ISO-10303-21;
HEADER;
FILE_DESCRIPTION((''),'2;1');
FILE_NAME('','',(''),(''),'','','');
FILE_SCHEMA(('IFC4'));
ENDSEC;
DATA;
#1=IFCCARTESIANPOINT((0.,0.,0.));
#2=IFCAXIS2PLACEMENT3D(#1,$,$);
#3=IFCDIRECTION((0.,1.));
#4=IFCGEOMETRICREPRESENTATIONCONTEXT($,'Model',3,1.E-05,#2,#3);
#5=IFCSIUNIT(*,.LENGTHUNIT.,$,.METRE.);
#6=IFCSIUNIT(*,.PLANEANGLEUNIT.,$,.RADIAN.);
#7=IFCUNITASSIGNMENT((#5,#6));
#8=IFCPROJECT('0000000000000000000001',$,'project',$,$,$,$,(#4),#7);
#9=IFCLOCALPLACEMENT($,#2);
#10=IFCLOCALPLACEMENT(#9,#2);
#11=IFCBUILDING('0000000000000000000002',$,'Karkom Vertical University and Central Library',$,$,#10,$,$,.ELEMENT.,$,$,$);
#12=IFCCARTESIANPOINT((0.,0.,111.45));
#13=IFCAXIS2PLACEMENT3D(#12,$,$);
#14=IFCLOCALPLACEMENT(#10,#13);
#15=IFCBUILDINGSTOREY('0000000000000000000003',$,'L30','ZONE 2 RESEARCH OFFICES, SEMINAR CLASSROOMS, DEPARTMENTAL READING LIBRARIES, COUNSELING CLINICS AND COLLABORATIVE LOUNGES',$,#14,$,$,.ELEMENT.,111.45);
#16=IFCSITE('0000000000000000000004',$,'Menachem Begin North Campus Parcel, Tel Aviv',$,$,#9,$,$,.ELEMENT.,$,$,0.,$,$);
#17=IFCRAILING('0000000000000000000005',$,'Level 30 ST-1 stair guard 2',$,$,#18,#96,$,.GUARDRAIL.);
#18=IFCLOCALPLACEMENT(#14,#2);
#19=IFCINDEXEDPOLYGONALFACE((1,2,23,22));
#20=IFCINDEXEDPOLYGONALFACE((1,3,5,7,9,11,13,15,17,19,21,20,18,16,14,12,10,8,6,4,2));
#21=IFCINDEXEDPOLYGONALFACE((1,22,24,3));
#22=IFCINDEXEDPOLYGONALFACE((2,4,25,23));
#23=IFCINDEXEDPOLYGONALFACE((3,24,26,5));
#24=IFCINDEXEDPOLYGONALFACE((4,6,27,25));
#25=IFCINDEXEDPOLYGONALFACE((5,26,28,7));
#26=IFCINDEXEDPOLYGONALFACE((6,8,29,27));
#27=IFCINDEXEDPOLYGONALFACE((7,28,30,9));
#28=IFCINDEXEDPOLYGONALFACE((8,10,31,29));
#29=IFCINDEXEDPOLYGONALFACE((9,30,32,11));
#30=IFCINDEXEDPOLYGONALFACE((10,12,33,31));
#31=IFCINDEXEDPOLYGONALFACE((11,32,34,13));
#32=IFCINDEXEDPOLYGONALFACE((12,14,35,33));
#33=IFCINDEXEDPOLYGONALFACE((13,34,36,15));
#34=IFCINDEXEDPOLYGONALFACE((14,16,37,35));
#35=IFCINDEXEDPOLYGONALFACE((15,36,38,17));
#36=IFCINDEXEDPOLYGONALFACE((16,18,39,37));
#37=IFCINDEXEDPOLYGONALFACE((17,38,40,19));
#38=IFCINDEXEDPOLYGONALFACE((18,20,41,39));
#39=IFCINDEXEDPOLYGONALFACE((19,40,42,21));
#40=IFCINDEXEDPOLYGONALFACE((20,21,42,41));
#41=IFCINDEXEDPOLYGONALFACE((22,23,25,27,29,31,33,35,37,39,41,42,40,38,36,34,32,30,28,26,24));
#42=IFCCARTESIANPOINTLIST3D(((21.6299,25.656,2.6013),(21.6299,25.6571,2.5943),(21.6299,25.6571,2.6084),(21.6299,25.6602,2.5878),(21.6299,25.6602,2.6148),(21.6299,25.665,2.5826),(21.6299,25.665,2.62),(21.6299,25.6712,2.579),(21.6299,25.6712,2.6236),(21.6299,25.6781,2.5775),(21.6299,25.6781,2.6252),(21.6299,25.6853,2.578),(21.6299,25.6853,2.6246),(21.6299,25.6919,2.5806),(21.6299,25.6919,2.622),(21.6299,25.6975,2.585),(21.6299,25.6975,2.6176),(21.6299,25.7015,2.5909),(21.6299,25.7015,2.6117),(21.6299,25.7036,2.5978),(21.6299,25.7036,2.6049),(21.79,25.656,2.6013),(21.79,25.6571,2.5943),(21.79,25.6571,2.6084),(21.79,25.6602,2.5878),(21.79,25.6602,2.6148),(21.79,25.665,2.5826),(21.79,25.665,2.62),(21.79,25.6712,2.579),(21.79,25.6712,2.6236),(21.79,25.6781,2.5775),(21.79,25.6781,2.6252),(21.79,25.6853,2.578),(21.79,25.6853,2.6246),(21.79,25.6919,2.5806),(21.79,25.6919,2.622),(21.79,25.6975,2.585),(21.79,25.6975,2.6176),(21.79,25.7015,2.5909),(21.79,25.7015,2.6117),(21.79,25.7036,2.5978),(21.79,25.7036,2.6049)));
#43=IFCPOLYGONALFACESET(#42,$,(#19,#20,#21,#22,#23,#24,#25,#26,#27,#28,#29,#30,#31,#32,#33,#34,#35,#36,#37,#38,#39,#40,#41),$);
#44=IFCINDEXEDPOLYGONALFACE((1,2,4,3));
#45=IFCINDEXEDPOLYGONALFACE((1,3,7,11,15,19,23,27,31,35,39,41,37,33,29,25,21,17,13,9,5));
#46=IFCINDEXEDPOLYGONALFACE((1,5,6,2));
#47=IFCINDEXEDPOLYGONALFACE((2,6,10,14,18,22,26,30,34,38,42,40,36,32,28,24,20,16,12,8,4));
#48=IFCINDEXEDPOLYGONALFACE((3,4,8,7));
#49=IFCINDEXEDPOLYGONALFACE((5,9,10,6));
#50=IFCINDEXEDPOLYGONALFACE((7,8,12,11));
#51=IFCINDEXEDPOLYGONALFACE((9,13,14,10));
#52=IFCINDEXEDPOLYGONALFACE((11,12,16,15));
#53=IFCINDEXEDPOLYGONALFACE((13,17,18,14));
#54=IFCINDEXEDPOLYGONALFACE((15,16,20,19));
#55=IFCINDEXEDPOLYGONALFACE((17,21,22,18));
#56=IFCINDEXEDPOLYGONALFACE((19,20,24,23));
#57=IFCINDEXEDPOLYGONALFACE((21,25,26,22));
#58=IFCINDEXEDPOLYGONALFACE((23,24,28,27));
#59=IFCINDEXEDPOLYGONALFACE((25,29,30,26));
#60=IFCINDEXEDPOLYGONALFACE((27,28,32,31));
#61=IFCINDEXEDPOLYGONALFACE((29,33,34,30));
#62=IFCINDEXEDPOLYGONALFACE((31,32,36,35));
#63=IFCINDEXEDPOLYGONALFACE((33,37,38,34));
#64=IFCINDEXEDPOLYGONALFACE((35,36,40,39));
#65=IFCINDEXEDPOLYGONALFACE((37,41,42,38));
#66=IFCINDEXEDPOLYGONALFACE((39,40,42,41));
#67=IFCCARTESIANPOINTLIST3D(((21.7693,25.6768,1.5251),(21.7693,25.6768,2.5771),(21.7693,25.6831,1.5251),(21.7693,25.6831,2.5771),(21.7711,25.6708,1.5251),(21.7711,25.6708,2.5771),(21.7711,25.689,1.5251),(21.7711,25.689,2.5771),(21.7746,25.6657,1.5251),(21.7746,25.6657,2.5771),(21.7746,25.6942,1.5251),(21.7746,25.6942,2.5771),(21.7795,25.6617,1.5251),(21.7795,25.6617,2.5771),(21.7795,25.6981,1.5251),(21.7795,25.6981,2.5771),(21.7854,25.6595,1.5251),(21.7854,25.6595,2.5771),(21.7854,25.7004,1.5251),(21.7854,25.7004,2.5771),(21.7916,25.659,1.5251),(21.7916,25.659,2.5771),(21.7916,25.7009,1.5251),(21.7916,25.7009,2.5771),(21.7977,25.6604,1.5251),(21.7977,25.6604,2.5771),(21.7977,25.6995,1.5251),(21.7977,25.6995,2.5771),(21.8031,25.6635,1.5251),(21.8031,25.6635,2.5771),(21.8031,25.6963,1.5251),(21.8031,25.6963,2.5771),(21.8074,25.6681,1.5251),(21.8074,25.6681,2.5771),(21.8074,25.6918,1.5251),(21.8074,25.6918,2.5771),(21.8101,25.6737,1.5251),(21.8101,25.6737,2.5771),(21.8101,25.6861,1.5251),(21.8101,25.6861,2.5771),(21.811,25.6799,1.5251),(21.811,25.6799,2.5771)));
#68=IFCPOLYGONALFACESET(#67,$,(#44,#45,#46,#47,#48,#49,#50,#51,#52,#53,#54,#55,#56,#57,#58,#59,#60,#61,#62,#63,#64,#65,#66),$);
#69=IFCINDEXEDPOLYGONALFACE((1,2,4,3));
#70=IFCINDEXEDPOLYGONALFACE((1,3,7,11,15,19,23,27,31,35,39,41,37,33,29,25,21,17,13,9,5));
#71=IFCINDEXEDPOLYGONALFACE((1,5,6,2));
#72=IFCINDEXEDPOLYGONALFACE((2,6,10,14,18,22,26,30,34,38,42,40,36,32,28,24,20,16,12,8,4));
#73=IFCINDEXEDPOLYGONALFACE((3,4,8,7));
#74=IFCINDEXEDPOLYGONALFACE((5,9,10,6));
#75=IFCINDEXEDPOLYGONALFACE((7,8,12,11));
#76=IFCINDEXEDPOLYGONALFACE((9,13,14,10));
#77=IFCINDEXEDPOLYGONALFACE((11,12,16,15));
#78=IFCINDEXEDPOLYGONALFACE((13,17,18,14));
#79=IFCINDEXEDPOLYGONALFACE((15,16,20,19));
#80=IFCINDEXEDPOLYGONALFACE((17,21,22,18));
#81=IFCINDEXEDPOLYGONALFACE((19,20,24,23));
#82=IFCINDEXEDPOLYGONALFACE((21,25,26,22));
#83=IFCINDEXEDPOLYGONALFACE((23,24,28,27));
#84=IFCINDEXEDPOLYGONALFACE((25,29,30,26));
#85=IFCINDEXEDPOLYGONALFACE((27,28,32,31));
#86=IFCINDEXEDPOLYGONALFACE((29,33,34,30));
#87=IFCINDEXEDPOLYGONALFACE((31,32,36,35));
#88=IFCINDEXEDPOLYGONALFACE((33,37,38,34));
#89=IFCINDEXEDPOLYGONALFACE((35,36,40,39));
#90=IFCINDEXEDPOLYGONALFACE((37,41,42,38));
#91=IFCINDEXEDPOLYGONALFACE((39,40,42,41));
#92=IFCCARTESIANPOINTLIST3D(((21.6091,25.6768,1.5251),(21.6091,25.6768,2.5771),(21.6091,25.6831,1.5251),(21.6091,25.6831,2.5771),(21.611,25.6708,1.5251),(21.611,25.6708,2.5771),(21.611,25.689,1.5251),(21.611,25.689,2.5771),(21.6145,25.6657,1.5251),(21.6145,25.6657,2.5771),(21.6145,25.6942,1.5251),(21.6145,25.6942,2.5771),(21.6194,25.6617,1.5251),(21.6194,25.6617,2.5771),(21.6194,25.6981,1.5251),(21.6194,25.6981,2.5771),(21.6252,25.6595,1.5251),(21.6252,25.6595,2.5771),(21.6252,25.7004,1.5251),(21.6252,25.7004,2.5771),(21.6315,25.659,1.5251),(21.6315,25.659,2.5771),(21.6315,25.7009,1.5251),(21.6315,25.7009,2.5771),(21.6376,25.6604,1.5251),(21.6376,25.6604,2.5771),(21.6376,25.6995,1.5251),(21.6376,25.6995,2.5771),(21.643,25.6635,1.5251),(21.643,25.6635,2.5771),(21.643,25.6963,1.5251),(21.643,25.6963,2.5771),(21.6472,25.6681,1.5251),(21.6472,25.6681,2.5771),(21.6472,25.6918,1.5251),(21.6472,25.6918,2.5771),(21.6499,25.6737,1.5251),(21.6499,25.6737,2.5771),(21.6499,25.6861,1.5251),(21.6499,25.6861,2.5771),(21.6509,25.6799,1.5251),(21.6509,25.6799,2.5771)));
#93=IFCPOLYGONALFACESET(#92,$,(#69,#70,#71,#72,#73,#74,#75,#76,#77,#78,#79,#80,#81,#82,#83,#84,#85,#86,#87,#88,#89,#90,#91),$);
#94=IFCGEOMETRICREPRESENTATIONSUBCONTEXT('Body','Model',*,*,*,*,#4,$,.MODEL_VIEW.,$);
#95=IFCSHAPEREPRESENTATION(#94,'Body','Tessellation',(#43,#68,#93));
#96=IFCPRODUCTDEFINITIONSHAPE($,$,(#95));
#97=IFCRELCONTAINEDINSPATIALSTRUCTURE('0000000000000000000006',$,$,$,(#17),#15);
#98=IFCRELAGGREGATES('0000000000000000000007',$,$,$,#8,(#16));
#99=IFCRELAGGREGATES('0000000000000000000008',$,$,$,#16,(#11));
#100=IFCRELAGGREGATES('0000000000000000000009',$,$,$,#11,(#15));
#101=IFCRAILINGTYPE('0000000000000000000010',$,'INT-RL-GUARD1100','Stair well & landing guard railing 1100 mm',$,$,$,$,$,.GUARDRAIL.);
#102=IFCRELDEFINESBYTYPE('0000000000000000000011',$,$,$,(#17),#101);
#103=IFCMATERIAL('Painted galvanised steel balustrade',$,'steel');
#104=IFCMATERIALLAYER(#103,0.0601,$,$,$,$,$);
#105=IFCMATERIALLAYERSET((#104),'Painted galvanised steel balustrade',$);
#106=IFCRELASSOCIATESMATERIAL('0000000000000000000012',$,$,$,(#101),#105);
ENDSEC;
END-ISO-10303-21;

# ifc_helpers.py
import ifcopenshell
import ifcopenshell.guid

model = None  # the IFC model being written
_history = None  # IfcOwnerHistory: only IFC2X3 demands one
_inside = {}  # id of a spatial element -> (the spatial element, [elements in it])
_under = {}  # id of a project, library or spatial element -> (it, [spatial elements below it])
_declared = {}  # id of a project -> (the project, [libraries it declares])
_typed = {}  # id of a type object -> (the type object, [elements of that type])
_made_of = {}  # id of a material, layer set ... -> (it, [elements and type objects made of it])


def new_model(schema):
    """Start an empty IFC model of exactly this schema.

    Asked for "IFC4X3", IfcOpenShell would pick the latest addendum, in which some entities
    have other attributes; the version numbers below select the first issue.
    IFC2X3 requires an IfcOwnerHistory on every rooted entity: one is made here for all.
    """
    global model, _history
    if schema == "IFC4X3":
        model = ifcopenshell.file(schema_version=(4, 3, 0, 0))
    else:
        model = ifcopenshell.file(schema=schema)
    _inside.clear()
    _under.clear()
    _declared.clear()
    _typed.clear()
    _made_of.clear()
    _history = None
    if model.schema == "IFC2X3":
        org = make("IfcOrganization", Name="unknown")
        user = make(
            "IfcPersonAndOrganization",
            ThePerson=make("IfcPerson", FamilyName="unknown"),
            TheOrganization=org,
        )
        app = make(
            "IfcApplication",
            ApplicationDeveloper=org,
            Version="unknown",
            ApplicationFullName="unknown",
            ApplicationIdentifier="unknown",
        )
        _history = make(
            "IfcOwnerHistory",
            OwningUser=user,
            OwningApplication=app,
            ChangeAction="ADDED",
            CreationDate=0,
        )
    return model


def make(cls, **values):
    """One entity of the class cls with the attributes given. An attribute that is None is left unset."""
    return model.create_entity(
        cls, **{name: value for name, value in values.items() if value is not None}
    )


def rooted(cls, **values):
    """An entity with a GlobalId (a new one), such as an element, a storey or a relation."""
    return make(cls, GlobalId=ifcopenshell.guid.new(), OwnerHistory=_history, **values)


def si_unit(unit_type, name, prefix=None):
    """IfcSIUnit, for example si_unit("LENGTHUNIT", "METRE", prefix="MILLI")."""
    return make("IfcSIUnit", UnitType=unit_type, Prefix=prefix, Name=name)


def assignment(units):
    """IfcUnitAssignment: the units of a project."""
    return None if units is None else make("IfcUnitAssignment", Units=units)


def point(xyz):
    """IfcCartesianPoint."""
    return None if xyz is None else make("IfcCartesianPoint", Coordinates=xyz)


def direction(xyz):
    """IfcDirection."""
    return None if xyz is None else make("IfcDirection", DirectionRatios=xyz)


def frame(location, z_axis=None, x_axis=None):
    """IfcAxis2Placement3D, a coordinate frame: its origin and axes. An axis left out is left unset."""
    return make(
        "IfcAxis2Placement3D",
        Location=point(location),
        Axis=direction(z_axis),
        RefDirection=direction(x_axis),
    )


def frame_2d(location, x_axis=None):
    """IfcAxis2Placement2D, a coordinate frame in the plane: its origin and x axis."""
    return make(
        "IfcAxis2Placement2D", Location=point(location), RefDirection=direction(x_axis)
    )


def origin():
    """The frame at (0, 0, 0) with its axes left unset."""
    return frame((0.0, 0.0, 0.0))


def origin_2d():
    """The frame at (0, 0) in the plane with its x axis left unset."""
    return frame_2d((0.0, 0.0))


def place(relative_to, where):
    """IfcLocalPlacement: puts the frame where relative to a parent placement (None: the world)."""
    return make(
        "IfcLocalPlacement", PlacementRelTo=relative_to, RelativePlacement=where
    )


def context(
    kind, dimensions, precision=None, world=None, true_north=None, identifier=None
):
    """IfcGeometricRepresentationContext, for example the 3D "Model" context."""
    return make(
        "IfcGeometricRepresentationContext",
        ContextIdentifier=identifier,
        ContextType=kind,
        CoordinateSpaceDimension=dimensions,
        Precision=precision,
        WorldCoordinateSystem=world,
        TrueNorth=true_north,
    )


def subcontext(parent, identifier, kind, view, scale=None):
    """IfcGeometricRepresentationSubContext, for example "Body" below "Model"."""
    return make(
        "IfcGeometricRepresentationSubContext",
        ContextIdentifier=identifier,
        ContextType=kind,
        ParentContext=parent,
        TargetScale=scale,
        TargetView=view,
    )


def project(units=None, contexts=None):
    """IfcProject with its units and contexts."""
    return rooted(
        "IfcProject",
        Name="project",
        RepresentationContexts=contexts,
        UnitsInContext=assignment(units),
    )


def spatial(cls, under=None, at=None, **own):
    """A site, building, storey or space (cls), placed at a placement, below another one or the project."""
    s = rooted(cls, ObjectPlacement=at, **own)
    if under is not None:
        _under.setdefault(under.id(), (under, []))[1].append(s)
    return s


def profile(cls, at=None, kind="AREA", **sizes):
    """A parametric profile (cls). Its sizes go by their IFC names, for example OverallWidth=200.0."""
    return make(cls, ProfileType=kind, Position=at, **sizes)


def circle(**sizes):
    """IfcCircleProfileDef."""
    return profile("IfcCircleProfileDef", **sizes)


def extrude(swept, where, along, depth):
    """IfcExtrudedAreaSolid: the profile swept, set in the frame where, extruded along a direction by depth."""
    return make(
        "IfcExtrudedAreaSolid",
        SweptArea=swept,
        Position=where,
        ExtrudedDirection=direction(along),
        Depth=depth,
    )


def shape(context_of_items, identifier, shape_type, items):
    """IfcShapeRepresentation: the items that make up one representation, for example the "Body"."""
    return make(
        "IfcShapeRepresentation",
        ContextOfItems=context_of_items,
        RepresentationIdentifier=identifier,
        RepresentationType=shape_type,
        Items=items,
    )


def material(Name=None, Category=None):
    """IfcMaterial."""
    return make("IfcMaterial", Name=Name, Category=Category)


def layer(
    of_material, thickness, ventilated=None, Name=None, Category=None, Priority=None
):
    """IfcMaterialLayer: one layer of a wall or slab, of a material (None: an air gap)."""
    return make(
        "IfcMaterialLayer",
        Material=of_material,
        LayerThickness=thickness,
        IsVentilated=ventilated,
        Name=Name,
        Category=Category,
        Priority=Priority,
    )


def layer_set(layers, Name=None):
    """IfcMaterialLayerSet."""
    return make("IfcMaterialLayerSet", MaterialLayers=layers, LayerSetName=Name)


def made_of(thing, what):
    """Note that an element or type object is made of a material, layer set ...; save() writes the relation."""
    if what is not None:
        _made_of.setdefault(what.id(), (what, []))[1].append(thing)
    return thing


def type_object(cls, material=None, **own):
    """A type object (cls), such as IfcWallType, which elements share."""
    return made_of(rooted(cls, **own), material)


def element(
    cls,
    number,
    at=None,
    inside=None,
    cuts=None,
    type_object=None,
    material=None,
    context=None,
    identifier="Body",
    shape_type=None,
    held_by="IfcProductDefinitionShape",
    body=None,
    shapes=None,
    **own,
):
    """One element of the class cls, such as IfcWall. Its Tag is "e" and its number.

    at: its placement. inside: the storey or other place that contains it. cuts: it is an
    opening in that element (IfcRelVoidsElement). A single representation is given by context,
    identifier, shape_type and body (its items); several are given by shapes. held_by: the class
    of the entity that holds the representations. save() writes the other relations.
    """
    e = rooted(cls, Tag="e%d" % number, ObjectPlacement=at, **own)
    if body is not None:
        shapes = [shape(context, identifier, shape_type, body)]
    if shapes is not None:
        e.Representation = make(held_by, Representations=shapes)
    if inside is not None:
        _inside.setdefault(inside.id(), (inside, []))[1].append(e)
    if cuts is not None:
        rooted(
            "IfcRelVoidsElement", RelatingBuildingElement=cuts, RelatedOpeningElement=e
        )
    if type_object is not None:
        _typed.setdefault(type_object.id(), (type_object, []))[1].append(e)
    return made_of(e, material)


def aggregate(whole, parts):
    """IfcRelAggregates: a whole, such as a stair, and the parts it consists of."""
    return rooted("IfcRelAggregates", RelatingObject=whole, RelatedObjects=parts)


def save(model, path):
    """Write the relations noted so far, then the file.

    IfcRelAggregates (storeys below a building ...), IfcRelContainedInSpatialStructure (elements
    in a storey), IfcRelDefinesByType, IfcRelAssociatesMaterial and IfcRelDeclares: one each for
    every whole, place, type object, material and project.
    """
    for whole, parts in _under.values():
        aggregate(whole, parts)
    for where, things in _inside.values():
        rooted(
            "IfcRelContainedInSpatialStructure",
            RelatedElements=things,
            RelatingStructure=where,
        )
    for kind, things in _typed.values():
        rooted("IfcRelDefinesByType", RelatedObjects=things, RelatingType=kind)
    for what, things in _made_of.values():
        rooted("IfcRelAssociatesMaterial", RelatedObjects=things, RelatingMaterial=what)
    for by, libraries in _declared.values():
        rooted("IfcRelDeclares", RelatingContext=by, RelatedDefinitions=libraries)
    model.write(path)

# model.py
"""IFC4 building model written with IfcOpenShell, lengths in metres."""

from ifc_helpers import new_model, si_unit, direction, frame, origin, origin_2d, place, context, subcontext, project, spatial, circle, extrude, material, layer, layer_set, type_object, element, save


model = new_model("IFC4")

# Units and contexts
model_context = context("Model", 3, precision=1e-05, world=origin(), true_north=direction((0.0, 1.0)))
body_context = subcontext(model_context, "Body", "Model", "MODEL_VIEW")
ifc_project = project(units=[si_unit("LENGTHUNIT", "METRE"), si_unit("PLANEANGLEUNIT", "RADIAN")], contexts=[model_context])

# Site, building, storey
site_placement = place(None, origin())
site = spatial("IfcSite", under=ifc_project, at=site_placement, Name="Menachem Begin North Campus Parcel, Tel Aviv", CompositionType="ELEMENT", RefElevation=0.0)
building_placement = place(site_placement, origin())
building = spatial("IfcBuilding", under=site, at=building_placement, Name="Karkom Vertical University and Central Library", CompositionType="ELEMENT")
storey_placement = place(building_placement, frame((0.0, 0.0, 111.45)))
storey = spatial("IfcBuildingStorey", under=building, at=storey_placement, Name="L30", Description="ZONE 2 RESEARCH OFFICES, SEMINAR CLASSROOMS, DEPARTMENTAL READING LIBRARIES, COUNSELING CLINICS AND COLLABORATIVE LOUNGES", CompositionType="ELEMENT", Elevation=111.45)

# Railing
ifc_material_1 = material(Name="Painted galvanised steel balustrade", Category="steel")
ifc_layer_1 = layer(ifc_material_1, 0.0601)
ifc_layer_set_1 = layer_set([ifc_layer_1], Name="Painted galvanised steel balustrade")
railing_type_1 = type_object("IfcRailingType", Name="INT-RL-GUARD1100", Description="Stair well & landing guard railing 1100 mm", PredefinedType="GUARDRAIL", material=ifc_layer_set_1)
railing_1_placement = place(storey_placement, frame((21.79, 25.6799, 1.5251)))
element("IfcRailing", 1, at=railing_1_placement, inside=storey, type_object=railing_type_1, Name="Level 30 ST-1 stair guard 2", PredefinedType="GUARDRAIL", context=body_context, shape_type="SweptSolid", body=[
    extrude(circle(Radius=0.0239, at=origin_2d()), frame((0.0, 0.0, 1.0762), z_axis=(-1.0, 0.0, 0.0), x_axis=(0.0, -1.0, 0.0)), (0.0, 0.0, 1.0), 0.1602),
    extrude(circle(Radius=0.021, at=origin_2d()), origin(), (0.0, 0.0, 1.0), 1.052),
    extrude(circle(Radius=0.021, at=origin_2d()), frame((-0.1602, 0.0, 0.0)), (0.0, 0.0, 1.0), 1.052),
])

save(model, "model.ifc")
